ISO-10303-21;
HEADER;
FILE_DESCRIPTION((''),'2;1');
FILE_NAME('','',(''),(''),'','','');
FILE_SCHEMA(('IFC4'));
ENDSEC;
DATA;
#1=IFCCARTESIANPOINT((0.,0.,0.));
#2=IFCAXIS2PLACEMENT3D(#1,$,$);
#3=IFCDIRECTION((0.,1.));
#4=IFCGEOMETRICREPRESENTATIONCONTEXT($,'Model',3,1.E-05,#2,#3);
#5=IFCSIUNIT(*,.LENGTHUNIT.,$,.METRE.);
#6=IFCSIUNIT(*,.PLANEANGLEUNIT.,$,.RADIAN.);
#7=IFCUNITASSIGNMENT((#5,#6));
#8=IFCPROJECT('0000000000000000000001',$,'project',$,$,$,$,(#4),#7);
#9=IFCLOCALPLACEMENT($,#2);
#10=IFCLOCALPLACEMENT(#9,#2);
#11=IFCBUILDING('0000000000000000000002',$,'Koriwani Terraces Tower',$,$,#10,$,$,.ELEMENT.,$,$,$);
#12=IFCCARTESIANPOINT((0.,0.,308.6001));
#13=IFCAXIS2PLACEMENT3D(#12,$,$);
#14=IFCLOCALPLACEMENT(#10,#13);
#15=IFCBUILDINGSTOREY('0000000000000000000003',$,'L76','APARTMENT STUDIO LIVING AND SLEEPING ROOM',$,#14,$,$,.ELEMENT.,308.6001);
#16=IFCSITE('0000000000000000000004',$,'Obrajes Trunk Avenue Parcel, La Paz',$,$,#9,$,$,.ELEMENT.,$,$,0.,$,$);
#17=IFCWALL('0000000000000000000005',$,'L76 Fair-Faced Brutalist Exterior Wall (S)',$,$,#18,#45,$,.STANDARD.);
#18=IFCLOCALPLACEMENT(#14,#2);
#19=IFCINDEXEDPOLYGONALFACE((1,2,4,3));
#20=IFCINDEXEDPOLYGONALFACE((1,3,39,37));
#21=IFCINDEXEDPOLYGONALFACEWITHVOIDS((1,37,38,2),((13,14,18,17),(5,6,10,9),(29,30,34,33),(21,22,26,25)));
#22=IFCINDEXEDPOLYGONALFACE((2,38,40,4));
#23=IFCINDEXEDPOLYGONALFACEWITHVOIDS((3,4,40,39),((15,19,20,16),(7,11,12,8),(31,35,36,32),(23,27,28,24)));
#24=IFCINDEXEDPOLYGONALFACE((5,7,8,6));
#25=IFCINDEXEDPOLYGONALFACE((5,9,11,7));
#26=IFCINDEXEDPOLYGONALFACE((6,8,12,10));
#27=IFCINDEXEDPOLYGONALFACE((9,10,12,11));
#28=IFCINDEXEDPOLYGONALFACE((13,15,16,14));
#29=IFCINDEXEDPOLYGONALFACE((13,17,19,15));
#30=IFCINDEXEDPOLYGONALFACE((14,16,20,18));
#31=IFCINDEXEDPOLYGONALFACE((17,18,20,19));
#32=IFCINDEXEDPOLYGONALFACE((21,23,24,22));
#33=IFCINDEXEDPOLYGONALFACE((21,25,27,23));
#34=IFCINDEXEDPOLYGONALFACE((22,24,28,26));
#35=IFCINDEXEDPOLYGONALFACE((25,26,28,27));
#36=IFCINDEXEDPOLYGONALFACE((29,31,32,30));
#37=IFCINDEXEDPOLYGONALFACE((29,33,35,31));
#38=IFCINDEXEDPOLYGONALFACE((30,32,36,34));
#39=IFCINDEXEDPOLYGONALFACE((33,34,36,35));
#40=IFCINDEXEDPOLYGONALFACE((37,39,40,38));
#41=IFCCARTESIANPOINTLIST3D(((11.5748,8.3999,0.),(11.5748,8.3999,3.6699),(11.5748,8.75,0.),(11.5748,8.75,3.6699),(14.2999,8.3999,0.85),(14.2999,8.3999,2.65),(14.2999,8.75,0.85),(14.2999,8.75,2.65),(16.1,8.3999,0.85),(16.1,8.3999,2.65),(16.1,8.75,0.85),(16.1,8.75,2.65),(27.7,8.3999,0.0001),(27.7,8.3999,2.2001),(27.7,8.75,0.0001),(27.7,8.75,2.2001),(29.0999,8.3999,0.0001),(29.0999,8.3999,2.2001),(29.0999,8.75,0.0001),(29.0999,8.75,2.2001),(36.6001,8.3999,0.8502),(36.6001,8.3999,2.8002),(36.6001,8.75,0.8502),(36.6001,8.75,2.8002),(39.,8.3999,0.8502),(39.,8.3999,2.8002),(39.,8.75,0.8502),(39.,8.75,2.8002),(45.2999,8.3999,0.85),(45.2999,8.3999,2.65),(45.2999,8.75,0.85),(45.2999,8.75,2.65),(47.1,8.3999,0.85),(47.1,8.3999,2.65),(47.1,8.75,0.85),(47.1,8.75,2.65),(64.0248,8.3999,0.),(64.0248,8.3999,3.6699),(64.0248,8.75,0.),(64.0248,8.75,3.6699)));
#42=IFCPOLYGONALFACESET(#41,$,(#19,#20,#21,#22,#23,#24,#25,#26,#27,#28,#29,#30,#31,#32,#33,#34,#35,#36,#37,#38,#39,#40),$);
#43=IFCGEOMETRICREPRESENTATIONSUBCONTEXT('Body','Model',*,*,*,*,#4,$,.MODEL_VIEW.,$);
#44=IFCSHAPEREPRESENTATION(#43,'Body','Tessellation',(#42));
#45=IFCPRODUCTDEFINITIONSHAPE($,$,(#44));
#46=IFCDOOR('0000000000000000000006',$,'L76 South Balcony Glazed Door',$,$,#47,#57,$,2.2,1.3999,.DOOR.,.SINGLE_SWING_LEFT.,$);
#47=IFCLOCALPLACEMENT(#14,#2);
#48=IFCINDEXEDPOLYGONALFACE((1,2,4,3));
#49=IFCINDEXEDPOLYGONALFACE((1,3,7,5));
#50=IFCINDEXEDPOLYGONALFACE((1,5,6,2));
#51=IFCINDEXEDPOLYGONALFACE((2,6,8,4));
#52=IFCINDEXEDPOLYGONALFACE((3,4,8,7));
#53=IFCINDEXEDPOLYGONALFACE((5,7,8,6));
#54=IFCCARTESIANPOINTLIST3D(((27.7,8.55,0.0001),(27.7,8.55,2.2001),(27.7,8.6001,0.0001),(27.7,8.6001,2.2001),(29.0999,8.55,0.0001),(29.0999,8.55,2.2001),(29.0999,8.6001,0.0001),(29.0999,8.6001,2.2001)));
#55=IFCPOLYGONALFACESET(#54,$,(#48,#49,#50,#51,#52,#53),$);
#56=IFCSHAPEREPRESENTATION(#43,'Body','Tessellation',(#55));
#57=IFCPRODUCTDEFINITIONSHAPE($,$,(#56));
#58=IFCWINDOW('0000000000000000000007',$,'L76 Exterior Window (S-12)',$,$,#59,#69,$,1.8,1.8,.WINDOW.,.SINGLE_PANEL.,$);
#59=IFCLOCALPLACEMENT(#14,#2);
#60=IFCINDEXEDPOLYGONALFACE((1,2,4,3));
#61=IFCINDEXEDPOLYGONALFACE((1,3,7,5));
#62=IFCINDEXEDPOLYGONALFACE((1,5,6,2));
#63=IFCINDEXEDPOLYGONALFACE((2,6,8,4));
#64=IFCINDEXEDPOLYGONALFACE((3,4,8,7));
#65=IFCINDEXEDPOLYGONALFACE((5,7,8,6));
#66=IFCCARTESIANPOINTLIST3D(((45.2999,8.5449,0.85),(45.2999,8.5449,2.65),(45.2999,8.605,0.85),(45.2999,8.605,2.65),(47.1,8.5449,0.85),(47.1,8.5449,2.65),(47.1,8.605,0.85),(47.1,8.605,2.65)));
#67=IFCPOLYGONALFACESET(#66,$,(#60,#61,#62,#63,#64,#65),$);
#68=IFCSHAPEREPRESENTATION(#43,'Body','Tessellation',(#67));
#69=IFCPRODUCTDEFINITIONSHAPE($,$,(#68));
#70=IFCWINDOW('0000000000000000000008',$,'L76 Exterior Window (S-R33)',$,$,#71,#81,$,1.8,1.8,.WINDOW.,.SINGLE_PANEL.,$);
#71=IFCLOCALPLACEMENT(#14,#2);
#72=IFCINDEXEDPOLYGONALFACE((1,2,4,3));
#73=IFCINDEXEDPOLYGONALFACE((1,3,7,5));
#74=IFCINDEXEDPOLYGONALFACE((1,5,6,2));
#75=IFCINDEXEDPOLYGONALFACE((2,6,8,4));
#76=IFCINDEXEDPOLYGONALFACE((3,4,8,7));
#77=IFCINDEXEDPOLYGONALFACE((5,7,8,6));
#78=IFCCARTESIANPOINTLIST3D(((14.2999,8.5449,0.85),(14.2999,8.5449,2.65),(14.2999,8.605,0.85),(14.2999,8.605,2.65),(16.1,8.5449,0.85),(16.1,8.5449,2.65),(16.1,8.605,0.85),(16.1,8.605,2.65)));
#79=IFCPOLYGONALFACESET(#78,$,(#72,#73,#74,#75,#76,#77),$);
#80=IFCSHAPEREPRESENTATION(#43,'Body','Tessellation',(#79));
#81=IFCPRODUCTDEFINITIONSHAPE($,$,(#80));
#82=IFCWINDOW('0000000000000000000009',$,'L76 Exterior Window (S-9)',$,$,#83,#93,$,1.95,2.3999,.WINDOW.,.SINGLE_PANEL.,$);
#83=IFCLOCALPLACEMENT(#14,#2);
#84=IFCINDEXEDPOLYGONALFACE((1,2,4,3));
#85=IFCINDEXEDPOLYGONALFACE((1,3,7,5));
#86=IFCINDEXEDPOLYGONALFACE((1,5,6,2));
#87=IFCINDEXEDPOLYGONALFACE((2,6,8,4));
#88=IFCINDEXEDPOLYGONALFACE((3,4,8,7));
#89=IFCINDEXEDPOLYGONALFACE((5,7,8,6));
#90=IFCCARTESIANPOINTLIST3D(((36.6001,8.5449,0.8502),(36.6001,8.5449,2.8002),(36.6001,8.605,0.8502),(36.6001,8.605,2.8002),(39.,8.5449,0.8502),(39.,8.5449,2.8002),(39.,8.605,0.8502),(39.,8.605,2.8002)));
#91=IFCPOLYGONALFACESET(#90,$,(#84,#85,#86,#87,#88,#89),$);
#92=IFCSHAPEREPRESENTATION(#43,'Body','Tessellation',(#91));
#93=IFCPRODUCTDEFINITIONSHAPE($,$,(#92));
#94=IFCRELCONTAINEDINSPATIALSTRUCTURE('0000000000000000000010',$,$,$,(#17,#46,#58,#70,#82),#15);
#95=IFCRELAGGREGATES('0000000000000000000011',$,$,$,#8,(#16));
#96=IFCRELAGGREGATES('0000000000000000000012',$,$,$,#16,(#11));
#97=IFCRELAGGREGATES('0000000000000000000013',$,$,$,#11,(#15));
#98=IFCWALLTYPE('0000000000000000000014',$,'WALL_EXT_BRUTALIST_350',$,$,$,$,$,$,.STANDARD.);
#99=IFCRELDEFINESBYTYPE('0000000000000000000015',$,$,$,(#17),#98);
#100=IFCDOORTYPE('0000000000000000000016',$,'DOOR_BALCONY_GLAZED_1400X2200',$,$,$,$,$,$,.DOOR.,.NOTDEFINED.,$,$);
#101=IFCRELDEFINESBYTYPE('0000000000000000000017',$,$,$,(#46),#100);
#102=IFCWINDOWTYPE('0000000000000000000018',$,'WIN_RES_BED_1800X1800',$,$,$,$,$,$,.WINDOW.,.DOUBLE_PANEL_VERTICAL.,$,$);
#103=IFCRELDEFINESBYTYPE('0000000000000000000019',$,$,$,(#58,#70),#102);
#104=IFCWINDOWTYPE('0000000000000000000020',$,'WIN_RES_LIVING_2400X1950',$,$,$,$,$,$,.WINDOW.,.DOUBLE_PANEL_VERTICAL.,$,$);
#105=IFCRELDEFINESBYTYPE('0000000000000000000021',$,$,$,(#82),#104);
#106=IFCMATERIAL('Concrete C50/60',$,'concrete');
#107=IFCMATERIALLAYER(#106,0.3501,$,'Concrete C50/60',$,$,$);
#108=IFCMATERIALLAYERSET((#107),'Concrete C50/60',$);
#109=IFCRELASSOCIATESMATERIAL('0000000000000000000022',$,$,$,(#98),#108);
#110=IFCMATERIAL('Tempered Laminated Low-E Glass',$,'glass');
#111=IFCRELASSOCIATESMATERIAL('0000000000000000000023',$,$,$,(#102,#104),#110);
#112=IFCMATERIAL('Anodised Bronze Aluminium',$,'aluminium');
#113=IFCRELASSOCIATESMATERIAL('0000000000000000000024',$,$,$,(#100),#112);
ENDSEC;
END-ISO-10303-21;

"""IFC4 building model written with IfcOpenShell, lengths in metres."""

from ifc_helpers import new_model, si_unit, direction, frame, frame_2d, origin, place, context, subcontext, project, spatial, rectangle, extrude, material, layer, layer_set, type_object, element, fill, save


model = new_model("IFC4")

# Units and contexts
model_context = context("Model", 3, precision=1e-05, world=origin(), true_north=direction((0.0, 1.0)))
body_context = subcontext(model_context, "Body", "Model", "MODEL_VIEW")
ifc_project = project(units=[si_unit("LENGTHUNIT", "METRE"), si_unit("PLANEANGLEUNIT", "RADIAN")], contexts=[model_context])

# Site, building, storey
site_placement = place(None, origin())
site = spatial("IfcSite", under=ifc_project, at=site_placement, Name="Obrajes Trunk Avenue Parcel, La Paz", CompositionType="ELEMENT", RefElevation=0.0)
building_placement = place(site_placement, origin())
building = spatial("IfcBuilding", under=site, at=building_placement, Name="Koriwani Terraces Tower", CompositionType="ELEMENT")
storey_placement = place(building_placement, frame((0.0, 0.0, 308.6001)))
storey = spatial("IfcBuildingStorey", under=building, at=storey_placement, Name="L76", Description="APARTMENT STUDIO LIVING AND SLEEPING ROOM", CompositionType="ELEMENT", Elevation=308.6001)

# Shared definitions
ifc_material_1 = material(Name="Concrete C50/60", Category="concrete")

# Shared definitions
ifc_material_2 = material(Name="Anodised Bronze Aluminium", Category="aluminium")

# Shared definitions
ifc_material_3 = material(Name="Tempered Laminated Low-E Glass", Category="glass")

# Shared definitions
ifc_layer_1 = layer(ifc_material_1, 0.3501, Name="Concrete C50/60")
ifc_layer_set_1 = layer_set([ifc_layer_1], Name="Concrete C50/60")
wall_type = type_object("IfcWallType", Name="WALL_EXT_BRUTALIST_350", PredefinedType="STANDARD", material=ifc_layer_set_1)
window_type_1 = type_object("IfcWindowType", Name="WIN_RES_BED_1800X1800", PartitioningType="DOUBLE_PANEL_VERTICAL", PredefinedType="WINDOW", material=ifc_material_3)

# Wall, openings, door, windows
wall_1_placement = place(storey_placement, frame((64.0249, 8.575, 0.0), z_axis=(0.0, 0.0, 1.0), x_axis=(-1.0, 0.0, 0.0)))
wall_1 = element("IfcWall", 1, at=wall_1_placement, inside=storey, type_object=wall_type, Name="L76 Fair-Faced Brutalist Exterior Wall (S)", PredefinedType="STANDARD", context=body_context, shape_type="SweptSolid", body=[
    extrude(rectangle(XDim=52.45, YDim=0.3501, at=frame_2d((26.2251, 0.0))), origin(), (0.0, 0.0, 1.0), 3.6699),
])
opening_1_placement = place(wall_1_placement, frame((34.925, 0.0, 0.0)))
opening_1 = element("IfcOpeningElement", 2, at=opening_1_placement, cuts=wall_1, PredefinedType="OPENING", context=body_context, shape_type="SweptSolid", body=[
    extrude(rectangle(XDim=1.3999, YDim=2.2, at=frame_2d((0.7, 1.1001))), frame((0.0, 0.1851, 0.0), z_axis=(0.0, -1.0, 0.0), x_axis=(1.0, 0.0, 0.0)), (0.0, 0.0, 1.0), 0.3701),
])
opening_2_placement = place(wall_1_placement, frame((25.0249, 0.0, 0.8501)))
opening_2 = element("IfcOpeningElement", 3, at=opening_2_placement, cuts=wall_1, PredefinedType="OPENING", context=body_context, shape_type="SweptSolid", body=[
    extrude(rectangle(XDim=2.3999, YDim=1.95, at=frame_2d((1.2, 0.9751))), frame((0.0, 0.1851, 0.0), z_axis=(0.0, -1.0, 0.0), x_axis=(1.0, 0.0, 0.0)), (0.0, 0.0, 1.0), 0.3701),
])
opening_3_placement = place(wall_1_placement, frame((16.925, 0.0, 0.8501)))
opening_3 = element("IfcOpeningElement", 4, at=opening_3_placement, cuts=wall_1, PredefinedType="OPENING", context=body_context, shape_type="SweptSolid", body=[
    extrude(rectangle(XDim=1.8, YDim=1.8, at=frame_2d((0.8999, 0.8999))), frame((0.0, 0.1851, 0.0), z_axis=(0.0, -1.0, 0.0), x_axis=(1.0, 0.0, 0.0)), (0.0, 0.0, 1.0), 0.3701),
])
opening_4_placement = place(wall_1_placement, frame((47.925, 0.0, 0.8501)))
opening_4 = element("IfcOpeningElement", 5, at=opening_4_placement, cuts=wall_1, PredefinedType="OPENING", context=body_context, shape_type="SweptSolid", body=[
    extrude(rectangle(XDim=1.8, YDim=1.8, at=frame_2d((0.8999, 0.8999))), frame((0.0, 0.1851, 0.0), z_axis=(0.0, -1.0, 0.0), x_axis=(1.0, 0.0, 0.0)), (0.0, 0.0, 1.0), 0.3701),
])
door_type = type_object("IfcDoorType", Name="DOOR_BALCONY_GLAZED_1400X2200", OperationType="NOTDEFINED", PredefinedType="DOOR", material=ifc_material_2)
door_placement = place(opening_1_placement, origin())
door = element("IfcDoor", 6, at=door_placement, inside=storey, type_object=door_type, Name="L76 South Balcony Glazed Door", OperationType="SINGLE_SWING_LEFT", OverallHeight=2.2, OverallWidth=1.3999, PredefinedType="DOOR", context=body_context, shape_type="SweptSolid", body=[
    extrude(rectangle(XDim=1.3999, YDim=2.2, at=frame_2d((0.7, 1.1001))), frame((0.0, 0.0249, 0.0), z_axis=(0.0, -1.0, 0.0), x_axis=(1.0, 0.0, 0.0)), (0.0, 0.0, 1.0), 0.05),
])
fill(opening_1, door)
window_1_placement = place(opening_3_placement, origin())
window_1 = element("IfcWindow", 7, at=window_1_placement, inside=storey, type_object=window_type_1, Name="L76 Exterior Window (S-12)", OverallHeight=1.8, OverallWidth=1.8, PartitioningType="SINGLE_PANEL", PredefinedType="WINDOW", context=body_context, shape_type="SweptSolid", body=[
    extrude(rectangle(XDim=1.8, YDim=1.8, at=frame_2d((0.8999, 0.8999))), frame((0.0, 0.03, 0.0), z_axis=(0.0, -1.0, 0.0), x_axis=(1.0, 0.0, 0.0)), (0.0, 0.0, 1.0), 0.0601),
])
fill(opening_3, window_1)
window_2_placement = place(opening_4_placement, origin())
window_2 = element("IfcWindow", 8, at=window_2_placement, inside=storey, type_object=window_type_1, Name="L76 Exterior Window (S-R33)", OverallHeight=1.8, OverallWidth=1.8, PartitioningType="SINGLE_PANEL", PredefinedType="WINDOW", context=body_context, shape_type="SweptSolid", body=[
    extrude(rectangle(XDim=1.8, YDim=1.8, at=frame_2d((0.8999, 0.8999))), frame((0.0, 0.03, 0.0), z_axis=(0.0, -1.0, 0.0), x_axis=(1.0, 0.0, 0.0)), (0.0, 0.0, 1.0), 0.0601),
])
fill(opening_4, window_2)
window_type_2 = type_object("IfcWindowType", Name="WIN_RES_LIVING_2400X1950", PartitioningType="DOUBLE_PANEL_VERTICAL", PredefinedType="WINDOW", material=ifc_material_3)
window_3_placement = place(opening_2_placement, origin())
window_3 = element("IfcWindow", 9, at=window_3_placement, inside=storey, type_object=window_type_2, Name="L76 Exterior Window (S-9)", OverallHeight=1.95, OverallWidth=2.3999, PartitioningType="SINGLE_PANEL", PredefinedType="WINDOW", context=body_context, shape_type="SweptSolid", body=[
    extrude(rectangle(XDim=2.3999, YDim=1.95, at=frame_2d((1.2, 0.9751))), frame((0.0, 0.03, 0.0), z_axis=(0.0, -1.0, 0.0), x_axis=(1.0, 0.0, 0.0)), (0.0, 0.0, 1.0), 0.0601),
])
fill(opening_2, window_3)

save(model, "model.ifc")
